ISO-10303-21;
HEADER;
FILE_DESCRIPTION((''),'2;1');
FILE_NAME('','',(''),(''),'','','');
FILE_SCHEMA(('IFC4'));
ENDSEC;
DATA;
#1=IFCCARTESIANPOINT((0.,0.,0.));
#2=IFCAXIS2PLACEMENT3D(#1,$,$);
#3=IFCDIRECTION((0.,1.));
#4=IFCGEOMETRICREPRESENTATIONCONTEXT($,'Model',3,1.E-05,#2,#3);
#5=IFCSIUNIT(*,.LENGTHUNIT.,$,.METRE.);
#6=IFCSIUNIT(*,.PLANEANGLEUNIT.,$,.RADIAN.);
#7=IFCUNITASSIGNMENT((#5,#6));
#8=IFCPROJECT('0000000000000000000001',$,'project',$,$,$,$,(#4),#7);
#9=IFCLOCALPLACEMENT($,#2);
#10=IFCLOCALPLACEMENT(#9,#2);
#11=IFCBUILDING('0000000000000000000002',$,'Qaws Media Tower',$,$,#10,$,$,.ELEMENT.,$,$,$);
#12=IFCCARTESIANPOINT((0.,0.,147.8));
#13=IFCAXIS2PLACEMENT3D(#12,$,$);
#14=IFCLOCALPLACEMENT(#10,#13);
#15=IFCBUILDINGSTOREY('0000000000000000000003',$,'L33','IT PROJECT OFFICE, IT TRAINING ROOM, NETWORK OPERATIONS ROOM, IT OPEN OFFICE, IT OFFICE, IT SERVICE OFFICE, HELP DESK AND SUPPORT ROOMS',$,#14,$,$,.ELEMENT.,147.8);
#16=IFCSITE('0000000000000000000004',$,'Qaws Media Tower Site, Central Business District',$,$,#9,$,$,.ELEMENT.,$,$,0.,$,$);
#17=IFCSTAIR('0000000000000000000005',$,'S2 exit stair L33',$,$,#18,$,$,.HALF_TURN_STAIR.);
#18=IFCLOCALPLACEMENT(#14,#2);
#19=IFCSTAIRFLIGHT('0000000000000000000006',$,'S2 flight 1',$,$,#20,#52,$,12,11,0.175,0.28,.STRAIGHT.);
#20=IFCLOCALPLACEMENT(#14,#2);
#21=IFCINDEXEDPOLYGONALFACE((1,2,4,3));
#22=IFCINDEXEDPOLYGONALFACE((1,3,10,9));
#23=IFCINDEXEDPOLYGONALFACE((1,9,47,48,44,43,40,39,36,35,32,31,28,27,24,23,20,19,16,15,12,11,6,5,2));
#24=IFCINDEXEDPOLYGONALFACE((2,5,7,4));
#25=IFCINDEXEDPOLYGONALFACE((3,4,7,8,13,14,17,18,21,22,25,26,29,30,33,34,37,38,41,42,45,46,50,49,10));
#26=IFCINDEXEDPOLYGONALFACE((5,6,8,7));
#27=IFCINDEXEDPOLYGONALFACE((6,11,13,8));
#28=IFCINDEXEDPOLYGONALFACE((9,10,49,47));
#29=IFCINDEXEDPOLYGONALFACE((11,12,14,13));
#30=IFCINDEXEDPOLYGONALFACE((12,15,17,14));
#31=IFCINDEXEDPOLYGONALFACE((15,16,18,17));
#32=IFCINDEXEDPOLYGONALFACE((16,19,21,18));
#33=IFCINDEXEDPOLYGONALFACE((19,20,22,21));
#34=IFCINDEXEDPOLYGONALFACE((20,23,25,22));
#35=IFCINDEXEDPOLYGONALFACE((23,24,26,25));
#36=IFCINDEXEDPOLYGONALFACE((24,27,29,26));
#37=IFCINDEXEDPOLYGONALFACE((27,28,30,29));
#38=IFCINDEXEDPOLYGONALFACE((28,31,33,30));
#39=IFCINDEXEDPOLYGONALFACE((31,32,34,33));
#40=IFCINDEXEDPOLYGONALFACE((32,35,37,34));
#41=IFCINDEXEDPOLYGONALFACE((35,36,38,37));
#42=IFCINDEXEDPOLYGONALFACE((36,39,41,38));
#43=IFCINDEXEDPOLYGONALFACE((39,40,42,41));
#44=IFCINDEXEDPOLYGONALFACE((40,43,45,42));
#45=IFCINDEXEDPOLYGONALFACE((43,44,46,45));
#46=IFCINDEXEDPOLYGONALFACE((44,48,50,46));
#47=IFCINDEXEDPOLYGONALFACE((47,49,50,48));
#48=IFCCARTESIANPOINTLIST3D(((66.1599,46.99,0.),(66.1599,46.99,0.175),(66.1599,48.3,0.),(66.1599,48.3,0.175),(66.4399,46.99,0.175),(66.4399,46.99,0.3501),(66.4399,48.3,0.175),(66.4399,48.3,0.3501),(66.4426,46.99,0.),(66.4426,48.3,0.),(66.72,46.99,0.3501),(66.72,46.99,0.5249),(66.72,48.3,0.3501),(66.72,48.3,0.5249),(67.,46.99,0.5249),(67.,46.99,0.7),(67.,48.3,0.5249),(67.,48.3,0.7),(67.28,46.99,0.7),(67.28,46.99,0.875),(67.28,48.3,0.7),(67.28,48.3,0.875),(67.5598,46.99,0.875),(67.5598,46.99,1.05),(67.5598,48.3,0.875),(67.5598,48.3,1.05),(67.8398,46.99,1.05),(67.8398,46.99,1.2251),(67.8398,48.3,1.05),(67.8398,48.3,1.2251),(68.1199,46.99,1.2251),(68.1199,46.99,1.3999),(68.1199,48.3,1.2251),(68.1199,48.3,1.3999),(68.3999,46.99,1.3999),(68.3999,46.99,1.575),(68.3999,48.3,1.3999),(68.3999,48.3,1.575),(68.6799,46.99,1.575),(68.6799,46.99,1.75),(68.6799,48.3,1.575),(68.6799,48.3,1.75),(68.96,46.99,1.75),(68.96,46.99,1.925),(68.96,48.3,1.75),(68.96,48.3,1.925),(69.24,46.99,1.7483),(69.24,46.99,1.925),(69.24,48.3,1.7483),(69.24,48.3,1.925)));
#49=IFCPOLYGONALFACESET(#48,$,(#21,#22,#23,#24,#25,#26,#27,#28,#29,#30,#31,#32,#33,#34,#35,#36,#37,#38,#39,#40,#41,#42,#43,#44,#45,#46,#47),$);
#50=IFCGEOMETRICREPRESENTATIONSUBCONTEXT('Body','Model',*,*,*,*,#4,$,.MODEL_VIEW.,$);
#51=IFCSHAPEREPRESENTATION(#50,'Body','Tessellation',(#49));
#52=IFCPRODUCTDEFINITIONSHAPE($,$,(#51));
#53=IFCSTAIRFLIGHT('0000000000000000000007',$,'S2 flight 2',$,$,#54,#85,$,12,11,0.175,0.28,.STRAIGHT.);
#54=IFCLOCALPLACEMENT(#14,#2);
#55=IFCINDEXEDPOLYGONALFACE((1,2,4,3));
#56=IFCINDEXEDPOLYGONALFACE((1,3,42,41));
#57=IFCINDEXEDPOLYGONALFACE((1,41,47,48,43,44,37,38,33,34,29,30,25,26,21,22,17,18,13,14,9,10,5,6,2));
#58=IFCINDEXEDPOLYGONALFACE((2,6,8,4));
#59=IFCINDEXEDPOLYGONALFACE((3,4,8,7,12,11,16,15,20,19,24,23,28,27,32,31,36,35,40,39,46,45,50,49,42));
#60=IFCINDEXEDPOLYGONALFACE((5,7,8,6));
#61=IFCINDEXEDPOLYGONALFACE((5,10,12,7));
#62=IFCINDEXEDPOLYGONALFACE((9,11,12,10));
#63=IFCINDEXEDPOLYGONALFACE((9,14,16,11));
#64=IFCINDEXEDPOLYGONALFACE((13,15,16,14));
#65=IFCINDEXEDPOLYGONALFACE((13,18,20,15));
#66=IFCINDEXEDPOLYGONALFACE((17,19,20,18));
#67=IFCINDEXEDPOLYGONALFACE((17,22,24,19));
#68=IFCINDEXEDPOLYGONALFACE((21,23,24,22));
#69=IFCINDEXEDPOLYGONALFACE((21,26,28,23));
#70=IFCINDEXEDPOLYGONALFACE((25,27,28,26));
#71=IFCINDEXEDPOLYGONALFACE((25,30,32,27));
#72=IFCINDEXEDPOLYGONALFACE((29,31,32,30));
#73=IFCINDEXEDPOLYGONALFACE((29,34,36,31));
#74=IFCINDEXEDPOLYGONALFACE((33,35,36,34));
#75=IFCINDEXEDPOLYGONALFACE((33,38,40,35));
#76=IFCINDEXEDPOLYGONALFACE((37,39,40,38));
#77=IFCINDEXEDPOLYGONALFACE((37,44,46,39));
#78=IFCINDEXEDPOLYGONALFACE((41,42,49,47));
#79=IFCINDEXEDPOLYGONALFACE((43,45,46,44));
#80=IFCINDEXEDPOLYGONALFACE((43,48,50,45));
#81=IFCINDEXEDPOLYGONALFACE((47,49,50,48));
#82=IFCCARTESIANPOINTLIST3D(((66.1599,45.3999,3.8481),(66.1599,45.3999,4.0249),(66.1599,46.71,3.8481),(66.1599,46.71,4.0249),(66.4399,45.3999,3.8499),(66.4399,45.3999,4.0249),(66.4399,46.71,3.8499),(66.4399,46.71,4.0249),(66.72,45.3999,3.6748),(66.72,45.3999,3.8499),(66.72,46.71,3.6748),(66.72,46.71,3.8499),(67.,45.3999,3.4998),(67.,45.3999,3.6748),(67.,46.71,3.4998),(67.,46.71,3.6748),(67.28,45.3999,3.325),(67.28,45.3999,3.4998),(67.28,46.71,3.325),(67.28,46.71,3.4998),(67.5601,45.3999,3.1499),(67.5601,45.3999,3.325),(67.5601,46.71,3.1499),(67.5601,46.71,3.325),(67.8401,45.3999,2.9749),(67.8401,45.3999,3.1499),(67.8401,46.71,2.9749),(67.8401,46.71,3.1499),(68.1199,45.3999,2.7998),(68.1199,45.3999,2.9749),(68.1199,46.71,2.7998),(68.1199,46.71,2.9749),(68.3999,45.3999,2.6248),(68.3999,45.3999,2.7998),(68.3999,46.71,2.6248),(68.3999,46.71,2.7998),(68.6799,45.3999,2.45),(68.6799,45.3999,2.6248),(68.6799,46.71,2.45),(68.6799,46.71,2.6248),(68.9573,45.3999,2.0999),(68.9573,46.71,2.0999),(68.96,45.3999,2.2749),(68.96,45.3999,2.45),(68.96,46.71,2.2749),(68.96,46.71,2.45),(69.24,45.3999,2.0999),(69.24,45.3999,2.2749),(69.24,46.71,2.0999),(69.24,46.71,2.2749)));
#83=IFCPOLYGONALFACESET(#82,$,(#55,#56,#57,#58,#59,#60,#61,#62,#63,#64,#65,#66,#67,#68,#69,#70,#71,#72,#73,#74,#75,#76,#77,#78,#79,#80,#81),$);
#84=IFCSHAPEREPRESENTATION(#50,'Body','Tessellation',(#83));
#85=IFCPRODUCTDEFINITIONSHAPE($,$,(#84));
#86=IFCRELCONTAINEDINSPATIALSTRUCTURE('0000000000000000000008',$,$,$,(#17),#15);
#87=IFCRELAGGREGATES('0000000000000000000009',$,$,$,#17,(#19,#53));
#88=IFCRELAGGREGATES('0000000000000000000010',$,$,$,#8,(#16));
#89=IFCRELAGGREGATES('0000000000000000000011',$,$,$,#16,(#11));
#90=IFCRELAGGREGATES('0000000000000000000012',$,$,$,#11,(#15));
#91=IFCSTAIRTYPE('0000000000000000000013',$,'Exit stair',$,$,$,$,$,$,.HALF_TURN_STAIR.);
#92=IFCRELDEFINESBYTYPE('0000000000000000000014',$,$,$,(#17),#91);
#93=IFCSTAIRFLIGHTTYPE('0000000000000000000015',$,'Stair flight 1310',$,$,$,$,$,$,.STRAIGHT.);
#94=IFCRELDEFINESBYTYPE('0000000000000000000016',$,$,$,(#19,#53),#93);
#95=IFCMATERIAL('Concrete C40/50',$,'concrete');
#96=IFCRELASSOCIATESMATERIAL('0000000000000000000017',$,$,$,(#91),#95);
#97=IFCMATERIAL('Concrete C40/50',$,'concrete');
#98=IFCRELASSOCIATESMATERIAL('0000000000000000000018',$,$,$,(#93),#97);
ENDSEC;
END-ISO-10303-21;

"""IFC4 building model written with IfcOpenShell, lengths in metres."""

from ifc_helpers import new_model, si_unit, direction, frame, origin, place, context, subcontext, project, spatial, polyline, outline, extrude, material, type_object, element, aggregate, save


model = new_model("IFC4")

# Units and contexts
model_context = context("Model", 3, precision=1e-05, world=origin(), true_north=direction((0.0, 1.0)))
body_context = subcontext(model_context, "Body", "Model", "MODEL_VIEW")
ifc_project = project(units=[si_unit("LENGTHUNIT", "METRE"), si_unit("PLANEANGLEUNIT", "RADIAN")], contexts=[model_context])

# Site, building, storey
site_placement = place(None, origin())
site = spatial("IfcSite", under=ifc_project, at=site_placement, Name="Qaws Media Tower Site, Central Business District", CompositionType="ELEMENT", RefElevation=0.0)
building_placement = place(site_placement, origin())
building = spatial("IfcBuilding", under=site, at=building_placement, Name="Qaws Media Tower", CompositionType="ELEMENT")
storey_placement = place(building_placement, frame((0.0, 0.0, 147.8)))
storey = spatial("IfcBuildingStorey", under=building, at=storey_placement, Name="L33", Description="IT PROJECT OFFICE, IT TRAINING ROOM, NETWORK OPERATIONS ROOM, IT OPEN OFFICE, IT OFFICE, IT SERVICE OFFICE, HELP DESK AND SUPPORT ROOMS", CompositionType="ELEMENT", Elevation=147.8)

# Stair, stair flights
ifc_material_1 = material(Name="Concrete C40/50", Category="concrete")
stair_type = type_object("IfcStairType", Name="Exit stair", PredefinedType="HALF_TURN_STAIR", material=ifc_material_1)
stair_placement = place(storey_placement, origin())
stair = element("IfcStair", 1, at=stair_placement, inside=storey, type_object=stair_type, Name="S2 exit stair L33", PredefinedType="HALF_TURN_STAIR")
ifc_material_2 = material(Name="Concrete C40/50", Category="concrete")
stair_flight_type = type_object("IfcStairFlightType", Name="Stair flight 1310", PredefinedType="STRAIGHT", material=ifc_material_2)
stair_flight_1_placement = place(storey_placement, frame((66.1599, 47.645, 0.0), z_axis=(0.0, 0.0, 1.0), x_axis=(1.0, 0.0, 0.0)))
stair_flight_1 = element("IfcStairFlight", 2, at=stair_flight_1_placement, type_object=stair_flight_type, Name="S2 flight 1", NumberOfRisers=12, NumberOfTreads=11, PredefinedType="STRAIGHT", RiserHeight=0.175, TreadLength=0.28, context=body_context, shape_type="SweptSolid", body=[
    extrude(outline(polyline([(0.0, 0.0), (0.0, 0.175), (0.28, 0.175), (0.28, 0.3501), (0.5601, 0.3501), (0.5601, 0.5249), (0.8401, 0.5249), (0.8401, 0.7), (1.1201, 0.7), (1.1201, 0.875), (1.3999, 0.875), (1.3999, 1.05), (1.6799, 1.05), (1.6799, 1.2251), (1.96, 1.2251), (1.96, 1.3999), (2.24, 1.3999), (2.24, 1.575), (2.52, 1.575), (2.52, 1.75), (2.8, 1.75), (2.8, 1.925), (3.0801, 1.925), (3.0801, 2.1001), (3.0801, 1.7483), (0.2827, 0.0), (0.0, 0.0)])), frame((0.0, 0.655, 0.0), z_axis=(0.0, -1.0, 0.0), x_axis=(1.0, 0.0, 0.0)), (0.0, 0.0, 1.0), 1.3101),
])
stair_flight_2_placement = place(storey_placement, frame((69.24, 46.0549, 2.0999), z_axis=(0.0, 0.0, 1.0), x_axis=(-1.0, 0.0, 0.0)))
stair_flight_2 = element("IfcStairFlight", 3, at=stair_flight_2_placement, type_object=stair_flight_type, Name="S2 flight 2", NumberOfRisers=12, NumberOfTreads=11, PredefinedType="STRAIGHT", RiserHeight=0.175, TreadLength=0.28, context=body_context, shape_type="SweptSolid", body=[
    extrude(outline(polyline([(0.0, 0.0), (0.0, 0.175), (0.28, 0.175), (0.28, 0.3501), (0.5601, 0.3501), (0.5601, 0.5249), (0.8401, 0.5249), (0.8401, 0.7), (1.1201, 0.7), (1.1201, 0.875), (1.3999, 0.875), (1.3999, 1.05), (1.6799, 1.05), (1.6799, 1.2251), (1.96, 1.2251), (1.96, 1.3999), (2.24, 1.3999), (2.24, 1.575), (2.52, 1.575), (2.52, 1.75), (2.8, 1.75), (2.8, 1.925), (3.0801, 1.925), (3.0801, 2.1001), (3.0801, 1.7483), (0.2827, 0.0), (0.0, 0.0)])), frame((0.0, 0.655, 0.0), z_axis=(0.0, -1.0, 0.0), x_axis=(1.0, 0.0, 0.0)), (0.0, 0.0, 1.0), 1.3101),
])
aggregate(stair, [stair_flight_1, stair_flight_2])

save(model, "model.ifc")
